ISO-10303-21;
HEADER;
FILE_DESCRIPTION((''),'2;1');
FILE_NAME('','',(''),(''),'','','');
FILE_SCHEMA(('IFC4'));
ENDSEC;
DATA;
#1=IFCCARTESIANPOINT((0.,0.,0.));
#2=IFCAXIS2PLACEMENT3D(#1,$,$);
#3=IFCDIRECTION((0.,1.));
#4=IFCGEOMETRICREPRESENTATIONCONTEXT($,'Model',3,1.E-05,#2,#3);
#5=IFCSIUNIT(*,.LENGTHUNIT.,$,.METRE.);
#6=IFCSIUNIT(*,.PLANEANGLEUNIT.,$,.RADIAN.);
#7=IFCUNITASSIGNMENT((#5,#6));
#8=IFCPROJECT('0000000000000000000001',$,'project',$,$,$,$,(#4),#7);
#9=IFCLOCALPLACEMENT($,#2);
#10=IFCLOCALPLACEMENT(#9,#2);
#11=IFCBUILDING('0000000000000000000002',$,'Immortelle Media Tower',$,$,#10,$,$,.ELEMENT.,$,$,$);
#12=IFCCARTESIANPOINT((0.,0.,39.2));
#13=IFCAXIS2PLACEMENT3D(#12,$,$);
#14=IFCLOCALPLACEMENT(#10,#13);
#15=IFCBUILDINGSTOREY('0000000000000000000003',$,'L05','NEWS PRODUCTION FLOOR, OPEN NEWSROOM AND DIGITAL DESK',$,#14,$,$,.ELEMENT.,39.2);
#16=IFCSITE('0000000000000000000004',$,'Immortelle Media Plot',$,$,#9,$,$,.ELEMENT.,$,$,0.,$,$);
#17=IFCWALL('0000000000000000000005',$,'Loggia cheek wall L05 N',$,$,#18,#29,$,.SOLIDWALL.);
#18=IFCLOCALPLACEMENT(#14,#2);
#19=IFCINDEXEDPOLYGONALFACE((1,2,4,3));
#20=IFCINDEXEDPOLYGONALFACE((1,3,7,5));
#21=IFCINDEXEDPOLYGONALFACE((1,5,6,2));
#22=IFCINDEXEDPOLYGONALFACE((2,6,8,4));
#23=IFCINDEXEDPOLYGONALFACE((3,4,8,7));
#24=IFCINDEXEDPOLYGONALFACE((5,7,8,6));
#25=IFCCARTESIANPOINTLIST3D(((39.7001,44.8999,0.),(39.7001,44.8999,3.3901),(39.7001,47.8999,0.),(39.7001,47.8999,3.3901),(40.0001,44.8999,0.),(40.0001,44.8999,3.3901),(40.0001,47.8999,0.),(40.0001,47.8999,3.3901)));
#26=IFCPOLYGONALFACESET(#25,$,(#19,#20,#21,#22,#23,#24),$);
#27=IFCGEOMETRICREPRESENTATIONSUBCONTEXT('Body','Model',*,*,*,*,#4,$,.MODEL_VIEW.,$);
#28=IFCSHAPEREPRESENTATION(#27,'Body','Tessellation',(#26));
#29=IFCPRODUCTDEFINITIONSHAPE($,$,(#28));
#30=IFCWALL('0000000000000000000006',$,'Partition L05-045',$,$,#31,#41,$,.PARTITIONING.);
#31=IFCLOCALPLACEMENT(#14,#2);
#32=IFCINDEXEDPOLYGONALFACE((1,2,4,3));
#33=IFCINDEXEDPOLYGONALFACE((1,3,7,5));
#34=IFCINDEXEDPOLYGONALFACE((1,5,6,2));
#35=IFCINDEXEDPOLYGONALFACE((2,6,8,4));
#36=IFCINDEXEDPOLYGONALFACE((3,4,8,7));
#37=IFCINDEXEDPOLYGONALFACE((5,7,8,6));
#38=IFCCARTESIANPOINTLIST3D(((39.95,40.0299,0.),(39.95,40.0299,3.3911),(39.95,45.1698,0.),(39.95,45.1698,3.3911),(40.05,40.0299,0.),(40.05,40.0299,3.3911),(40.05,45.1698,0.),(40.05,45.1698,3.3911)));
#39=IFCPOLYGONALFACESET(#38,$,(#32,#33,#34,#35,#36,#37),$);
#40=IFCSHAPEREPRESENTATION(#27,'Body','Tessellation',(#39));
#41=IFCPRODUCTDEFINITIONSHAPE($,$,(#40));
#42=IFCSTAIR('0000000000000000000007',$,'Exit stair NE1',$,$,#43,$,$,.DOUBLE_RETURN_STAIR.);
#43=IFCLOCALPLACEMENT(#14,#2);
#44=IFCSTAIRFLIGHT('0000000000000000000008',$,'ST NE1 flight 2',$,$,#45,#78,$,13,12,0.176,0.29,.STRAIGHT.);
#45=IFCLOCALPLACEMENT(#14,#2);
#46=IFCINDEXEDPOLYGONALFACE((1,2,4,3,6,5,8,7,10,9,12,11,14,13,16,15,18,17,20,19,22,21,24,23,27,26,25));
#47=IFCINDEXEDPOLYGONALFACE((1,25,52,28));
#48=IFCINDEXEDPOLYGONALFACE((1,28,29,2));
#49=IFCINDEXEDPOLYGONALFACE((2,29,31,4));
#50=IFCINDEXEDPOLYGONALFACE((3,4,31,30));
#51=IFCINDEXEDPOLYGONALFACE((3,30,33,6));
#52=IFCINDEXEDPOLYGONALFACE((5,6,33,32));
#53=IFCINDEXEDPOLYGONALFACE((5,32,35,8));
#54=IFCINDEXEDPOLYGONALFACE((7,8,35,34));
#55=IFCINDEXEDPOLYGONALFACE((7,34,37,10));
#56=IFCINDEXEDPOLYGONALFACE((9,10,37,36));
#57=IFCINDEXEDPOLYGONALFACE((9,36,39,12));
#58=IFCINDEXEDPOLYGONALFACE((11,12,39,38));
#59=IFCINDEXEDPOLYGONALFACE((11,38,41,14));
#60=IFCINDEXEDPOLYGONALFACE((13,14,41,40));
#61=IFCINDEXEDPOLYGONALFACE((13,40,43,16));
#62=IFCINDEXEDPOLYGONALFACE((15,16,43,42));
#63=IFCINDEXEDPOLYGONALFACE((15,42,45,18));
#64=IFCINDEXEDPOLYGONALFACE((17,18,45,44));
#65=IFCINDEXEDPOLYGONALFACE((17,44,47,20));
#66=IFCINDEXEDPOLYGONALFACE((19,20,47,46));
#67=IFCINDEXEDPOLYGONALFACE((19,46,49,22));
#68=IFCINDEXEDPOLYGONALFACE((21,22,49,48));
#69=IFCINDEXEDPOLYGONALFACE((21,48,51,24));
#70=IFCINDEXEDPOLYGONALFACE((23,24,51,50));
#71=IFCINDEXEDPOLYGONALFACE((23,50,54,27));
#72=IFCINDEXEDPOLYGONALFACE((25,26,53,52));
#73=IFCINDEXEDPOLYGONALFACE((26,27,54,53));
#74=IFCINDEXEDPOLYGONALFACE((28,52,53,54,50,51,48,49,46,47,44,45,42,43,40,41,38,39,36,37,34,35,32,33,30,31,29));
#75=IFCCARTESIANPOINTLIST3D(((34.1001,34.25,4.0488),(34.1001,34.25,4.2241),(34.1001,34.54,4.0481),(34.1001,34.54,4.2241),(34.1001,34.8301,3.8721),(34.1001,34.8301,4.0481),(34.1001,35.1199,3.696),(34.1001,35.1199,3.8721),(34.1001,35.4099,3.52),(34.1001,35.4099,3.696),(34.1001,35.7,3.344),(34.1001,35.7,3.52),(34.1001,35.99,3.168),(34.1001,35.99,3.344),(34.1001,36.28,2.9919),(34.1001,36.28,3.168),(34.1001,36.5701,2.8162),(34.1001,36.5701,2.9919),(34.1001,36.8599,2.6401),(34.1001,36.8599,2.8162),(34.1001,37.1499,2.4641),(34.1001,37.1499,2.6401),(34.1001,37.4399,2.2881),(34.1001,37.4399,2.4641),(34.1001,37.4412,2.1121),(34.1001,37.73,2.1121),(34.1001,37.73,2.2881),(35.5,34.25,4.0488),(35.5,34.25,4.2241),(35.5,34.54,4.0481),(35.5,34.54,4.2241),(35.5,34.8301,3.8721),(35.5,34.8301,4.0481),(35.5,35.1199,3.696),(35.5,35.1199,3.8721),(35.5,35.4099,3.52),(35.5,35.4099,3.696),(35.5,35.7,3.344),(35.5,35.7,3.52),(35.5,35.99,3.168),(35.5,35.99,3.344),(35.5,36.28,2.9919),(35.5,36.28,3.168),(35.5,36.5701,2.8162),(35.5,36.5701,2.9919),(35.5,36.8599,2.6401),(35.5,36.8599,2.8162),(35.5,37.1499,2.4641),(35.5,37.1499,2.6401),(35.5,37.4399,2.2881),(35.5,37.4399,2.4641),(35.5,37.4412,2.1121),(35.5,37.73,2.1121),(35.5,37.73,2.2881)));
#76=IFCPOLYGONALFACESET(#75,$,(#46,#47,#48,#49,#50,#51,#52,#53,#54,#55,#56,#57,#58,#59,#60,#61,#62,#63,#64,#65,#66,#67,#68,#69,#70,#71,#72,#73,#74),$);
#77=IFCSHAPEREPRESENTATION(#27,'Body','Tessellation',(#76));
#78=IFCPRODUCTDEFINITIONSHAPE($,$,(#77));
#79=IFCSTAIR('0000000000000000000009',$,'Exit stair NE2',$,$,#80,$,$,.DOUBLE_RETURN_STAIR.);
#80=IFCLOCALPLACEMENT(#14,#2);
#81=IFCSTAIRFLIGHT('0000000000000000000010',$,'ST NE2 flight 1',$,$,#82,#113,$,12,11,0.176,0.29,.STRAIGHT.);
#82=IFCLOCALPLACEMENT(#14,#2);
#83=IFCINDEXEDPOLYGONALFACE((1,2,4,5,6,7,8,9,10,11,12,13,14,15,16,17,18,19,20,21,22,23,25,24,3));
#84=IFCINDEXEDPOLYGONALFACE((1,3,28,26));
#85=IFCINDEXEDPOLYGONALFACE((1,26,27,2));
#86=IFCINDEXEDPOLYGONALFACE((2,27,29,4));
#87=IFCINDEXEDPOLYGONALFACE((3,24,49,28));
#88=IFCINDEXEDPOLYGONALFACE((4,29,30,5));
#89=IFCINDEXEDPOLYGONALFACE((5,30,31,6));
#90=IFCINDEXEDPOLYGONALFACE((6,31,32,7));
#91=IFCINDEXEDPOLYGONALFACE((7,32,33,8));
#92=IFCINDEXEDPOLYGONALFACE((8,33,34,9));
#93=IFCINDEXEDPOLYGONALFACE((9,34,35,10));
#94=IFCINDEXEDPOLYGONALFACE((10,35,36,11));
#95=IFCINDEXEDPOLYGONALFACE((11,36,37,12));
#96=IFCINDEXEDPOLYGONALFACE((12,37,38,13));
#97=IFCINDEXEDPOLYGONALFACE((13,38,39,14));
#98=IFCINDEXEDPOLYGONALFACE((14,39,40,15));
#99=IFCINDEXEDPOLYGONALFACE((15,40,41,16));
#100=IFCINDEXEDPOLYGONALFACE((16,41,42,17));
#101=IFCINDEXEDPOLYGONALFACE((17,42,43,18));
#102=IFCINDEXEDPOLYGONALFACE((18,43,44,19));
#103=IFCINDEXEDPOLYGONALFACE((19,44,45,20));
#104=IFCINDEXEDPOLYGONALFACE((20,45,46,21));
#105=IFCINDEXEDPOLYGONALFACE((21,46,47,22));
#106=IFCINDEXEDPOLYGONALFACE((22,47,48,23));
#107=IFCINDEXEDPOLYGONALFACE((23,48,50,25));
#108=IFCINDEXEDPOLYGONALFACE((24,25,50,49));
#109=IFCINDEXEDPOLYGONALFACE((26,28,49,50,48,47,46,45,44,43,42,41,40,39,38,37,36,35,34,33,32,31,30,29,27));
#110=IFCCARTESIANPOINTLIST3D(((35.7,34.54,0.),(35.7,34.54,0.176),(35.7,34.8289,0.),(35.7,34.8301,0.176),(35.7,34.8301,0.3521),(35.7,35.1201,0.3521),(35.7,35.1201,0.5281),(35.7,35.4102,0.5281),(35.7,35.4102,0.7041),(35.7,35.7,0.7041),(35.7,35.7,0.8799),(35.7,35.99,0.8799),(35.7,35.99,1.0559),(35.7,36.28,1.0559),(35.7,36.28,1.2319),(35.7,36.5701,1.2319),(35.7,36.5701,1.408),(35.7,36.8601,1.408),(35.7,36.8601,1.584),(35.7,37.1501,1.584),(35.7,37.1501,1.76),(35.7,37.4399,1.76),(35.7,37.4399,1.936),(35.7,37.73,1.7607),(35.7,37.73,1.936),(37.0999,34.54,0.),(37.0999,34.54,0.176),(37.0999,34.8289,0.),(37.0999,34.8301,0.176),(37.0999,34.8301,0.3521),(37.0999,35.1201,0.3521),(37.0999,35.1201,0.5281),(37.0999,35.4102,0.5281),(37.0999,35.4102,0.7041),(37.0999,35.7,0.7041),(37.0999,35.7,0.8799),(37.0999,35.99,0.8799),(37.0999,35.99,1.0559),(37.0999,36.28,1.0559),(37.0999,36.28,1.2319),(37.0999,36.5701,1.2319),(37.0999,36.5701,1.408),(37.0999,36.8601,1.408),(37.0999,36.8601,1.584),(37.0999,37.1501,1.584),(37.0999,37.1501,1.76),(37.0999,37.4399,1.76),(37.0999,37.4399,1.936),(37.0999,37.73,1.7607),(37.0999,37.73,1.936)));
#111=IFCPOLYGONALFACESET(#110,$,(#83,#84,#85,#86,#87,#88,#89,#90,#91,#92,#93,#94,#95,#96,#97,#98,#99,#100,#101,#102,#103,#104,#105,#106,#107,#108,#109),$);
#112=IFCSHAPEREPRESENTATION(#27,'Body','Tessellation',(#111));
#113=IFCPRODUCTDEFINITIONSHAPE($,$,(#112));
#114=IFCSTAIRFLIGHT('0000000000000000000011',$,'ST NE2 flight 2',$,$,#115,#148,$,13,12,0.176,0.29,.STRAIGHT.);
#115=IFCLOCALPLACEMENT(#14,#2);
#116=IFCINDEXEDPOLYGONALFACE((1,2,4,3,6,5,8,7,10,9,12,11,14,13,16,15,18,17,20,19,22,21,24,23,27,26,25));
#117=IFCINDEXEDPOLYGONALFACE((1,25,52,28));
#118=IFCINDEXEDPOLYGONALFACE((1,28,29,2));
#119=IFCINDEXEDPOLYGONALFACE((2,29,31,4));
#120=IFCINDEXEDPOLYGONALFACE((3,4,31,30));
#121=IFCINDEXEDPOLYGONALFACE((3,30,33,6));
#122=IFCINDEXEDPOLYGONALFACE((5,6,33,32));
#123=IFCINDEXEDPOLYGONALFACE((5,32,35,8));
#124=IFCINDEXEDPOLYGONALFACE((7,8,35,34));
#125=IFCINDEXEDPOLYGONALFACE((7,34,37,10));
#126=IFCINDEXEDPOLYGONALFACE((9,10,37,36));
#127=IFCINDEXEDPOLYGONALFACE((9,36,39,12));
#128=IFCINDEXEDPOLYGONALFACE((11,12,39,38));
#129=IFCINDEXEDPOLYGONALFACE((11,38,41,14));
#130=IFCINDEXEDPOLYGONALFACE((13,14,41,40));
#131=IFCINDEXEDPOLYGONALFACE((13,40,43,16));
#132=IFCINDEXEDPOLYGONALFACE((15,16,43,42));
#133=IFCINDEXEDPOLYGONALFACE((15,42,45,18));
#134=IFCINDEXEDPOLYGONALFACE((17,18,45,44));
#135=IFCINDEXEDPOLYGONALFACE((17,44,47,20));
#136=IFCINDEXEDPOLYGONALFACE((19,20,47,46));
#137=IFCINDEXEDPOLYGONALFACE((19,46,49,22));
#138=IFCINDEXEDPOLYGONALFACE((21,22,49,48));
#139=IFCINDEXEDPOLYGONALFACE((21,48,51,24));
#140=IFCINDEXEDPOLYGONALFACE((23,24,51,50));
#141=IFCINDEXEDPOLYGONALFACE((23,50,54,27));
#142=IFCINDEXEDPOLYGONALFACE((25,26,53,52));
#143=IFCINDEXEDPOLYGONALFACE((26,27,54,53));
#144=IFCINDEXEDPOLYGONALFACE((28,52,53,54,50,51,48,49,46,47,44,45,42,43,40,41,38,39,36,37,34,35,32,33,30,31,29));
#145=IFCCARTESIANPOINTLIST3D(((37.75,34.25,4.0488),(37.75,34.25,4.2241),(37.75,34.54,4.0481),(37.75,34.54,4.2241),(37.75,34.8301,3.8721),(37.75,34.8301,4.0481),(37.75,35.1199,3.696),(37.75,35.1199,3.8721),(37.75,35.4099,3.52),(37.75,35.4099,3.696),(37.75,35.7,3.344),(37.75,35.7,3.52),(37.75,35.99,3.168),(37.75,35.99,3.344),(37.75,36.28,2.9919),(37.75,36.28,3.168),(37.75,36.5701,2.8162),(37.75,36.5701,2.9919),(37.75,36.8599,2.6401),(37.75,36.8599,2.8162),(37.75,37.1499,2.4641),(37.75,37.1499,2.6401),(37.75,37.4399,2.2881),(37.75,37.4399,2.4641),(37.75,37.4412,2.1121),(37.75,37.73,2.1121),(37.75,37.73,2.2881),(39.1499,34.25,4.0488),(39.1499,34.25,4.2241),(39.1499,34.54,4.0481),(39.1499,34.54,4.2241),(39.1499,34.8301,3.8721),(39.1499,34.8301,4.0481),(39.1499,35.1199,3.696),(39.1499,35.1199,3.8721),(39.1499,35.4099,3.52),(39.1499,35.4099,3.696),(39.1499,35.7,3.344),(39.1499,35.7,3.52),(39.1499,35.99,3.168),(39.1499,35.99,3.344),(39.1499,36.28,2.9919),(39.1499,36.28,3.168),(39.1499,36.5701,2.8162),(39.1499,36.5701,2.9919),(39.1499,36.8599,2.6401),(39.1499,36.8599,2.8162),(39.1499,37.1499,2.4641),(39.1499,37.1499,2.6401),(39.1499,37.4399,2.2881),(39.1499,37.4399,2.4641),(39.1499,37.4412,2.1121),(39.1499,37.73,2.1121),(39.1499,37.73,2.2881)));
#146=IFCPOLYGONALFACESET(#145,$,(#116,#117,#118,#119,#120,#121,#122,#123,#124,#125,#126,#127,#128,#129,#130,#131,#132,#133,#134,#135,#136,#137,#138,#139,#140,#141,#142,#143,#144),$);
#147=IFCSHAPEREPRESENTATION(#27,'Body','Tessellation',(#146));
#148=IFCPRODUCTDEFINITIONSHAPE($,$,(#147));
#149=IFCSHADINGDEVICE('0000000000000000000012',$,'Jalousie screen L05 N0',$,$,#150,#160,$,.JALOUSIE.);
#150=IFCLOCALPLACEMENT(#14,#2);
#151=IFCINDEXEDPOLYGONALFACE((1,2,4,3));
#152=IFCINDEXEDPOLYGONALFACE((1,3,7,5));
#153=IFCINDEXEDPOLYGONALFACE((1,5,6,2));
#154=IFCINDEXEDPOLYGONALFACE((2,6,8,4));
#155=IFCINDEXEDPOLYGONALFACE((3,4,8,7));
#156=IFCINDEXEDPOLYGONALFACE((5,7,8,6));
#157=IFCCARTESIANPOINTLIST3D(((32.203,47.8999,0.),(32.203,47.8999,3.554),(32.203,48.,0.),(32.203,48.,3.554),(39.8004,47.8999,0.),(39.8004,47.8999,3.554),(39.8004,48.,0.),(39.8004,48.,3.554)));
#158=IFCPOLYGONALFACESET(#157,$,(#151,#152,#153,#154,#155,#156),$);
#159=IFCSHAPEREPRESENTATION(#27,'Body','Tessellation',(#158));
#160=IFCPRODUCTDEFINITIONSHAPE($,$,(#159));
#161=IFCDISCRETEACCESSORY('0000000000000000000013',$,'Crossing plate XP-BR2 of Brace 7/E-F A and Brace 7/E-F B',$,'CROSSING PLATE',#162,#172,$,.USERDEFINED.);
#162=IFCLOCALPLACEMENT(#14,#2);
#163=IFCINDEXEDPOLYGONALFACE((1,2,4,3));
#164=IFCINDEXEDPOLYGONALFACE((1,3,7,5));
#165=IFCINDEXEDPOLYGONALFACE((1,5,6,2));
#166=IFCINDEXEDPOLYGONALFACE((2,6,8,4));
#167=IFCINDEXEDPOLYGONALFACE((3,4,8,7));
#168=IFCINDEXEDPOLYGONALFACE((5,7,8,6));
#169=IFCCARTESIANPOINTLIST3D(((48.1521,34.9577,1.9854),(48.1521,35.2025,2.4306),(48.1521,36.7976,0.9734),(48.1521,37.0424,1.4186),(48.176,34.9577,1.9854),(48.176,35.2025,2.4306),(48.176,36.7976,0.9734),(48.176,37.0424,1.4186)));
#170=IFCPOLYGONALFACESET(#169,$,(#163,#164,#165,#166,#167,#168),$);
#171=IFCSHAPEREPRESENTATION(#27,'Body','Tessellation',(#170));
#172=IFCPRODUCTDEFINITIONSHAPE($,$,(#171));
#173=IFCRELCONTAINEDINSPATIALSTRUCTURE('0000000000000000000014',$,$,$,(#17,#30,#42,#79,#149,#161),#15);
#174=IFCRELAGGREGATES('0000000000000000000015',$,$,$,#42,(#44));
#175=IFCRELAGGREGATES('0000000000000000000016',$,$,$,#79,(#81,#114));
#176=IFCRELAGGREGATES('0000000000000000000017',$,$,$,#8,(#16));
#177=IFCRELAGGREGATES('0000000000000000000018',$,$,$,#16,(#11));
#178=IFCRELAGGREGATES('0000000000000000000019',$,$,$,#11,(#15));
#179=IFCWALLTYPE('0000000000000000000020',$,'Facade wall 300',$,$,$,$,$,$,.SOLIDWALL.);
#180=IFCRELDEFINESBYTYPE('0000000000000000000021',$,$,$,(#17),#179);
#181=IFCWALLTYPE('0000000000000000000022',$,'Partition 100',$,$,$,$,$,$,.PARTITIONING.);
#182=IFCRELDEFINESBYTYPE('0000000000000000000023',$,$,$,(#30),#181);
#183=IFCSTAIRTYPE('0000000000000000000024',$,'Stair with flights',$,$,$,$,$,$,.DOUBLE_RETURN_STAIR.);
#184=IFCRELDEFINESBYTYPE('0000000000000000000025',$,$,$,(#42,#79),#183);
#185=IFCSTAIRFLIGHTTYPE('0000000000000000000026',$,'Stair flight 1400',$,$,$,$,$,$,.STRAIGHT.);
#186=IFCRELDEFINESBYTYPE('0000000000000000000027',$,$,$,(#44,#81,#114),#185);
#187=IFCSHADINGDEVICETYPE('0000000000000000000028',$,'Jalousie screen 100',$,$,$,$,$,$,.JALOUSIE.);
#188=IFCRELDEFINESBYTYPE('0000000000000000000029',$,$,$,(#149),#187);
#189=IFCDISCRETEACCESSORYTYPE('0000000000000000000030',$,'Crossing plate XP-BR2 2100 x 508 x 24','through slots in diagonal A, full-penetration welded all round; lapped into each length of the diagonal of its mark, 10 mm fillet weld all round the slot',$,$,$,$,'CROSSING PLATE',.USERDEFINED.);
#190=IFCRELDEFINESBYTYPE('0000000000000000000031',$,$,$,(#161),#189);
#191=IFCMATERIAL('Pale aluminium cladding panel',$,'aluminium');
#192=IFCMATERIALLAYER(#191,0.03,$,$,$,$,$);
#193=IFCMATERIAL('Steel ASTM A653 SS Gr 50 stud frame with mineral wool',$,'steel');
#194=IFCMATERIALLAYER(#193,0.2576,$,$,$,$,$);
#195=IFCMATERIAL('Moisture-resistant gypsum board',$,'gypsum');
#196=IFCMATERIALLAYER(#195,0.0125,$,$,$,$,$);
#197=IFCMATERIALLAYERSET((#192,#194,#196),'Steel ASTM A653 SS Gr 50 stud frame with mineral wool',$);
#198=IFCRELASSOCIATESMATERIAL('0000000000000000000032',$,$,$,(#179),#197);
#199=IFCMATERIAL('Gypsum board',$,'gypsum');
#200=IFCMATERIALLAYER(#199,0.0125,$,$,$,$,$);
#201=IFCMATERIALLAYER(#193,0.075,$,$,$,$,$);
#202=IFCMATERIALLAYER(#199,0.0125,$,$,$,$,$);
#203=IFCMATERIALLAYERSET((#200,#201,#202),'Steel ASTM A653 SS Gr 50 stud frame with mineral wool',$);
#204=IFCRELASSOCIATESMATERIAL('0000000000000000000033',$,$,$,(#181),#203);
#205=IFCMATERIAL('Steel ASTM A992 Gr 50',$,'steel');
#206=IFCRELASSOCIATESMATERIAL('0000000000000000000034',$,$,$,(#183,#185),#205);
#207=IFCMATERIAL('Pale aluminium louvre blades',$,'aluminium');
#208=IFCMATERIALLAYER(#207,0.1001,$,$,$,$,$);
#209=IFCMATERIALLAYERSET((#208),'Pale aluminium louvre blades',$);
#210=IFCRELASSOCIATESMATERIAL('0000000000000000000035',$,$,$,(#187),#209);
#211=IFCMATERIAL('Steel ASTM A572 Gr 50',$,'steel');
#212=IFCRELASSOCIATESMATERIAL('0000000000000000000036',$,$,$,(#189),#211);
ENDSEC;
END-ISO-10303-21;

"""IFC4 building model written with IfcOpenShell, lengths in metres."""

from ifc_helpers import new_model, si_unit, direction, frame, frame_2d, origin, origin_2d, place, context, subcontext, project, spatial, polyline, rectangle, outline, extrude, material, layer, layer_set, material_profile, profile_set, type_object, element, aggregate, save


model = new_model("IFC4")

# Units and contexts
model_context = context("Model", 3, precision=1e-05, world=origin(), true_north=direction((0.0, 1.0)))
body_context = subcontext(model_context, "Body", "Model", "MODEL_VIEW")
ifc_project = project(units=[si_unit("LENGTHUNIT", "METRE"), si_unit("PLANEANGLEUNIT", "RADIAN")], contexts=[model_context])

# Site, building, storey
site_placement = place(None, origin())
site = spatial("IfcSite", under=ifc_project, at=site_placement, Name="Immortelle Media Plot", CompositionType="ELEMENT", RefElevation=0.0)
building_placement = place(site_placement, origin())
building = spatial("IfcBuilding", under=site, at=building_placement, Name="Immortelle Media Tower", CompositionType="ELEMENT")
storey_placement = place(building_placement, frame((0.0, 0.0, 39.2)))
storey = spatial("IfcBuildingStorey", under=building, at=storey_placement, Name="L05", Description="NEWS PRODUCTION FLOOR, OPEN NEWSROOM AND DIGITAL DESK", CompositionType="ELEMENT", Elevation=39.2)

# Shared definitions
ifc_material_1 = material(Name="Steel ASTM A992 Gr 50", Category="steel")

# Shared definitions
ifc_material_2 = material(Name="Pale aluminium cladding panel", Category="aluminium")
ifc_layer_1 = layer(ifc_material_2, 0.03)
ifc_material_3 = material(Name="Steel ASTM A653 SS Gr 50 stud frame with mineral wool", Category="steel")
ifc_layer_2 = layer(ifc_material_3, 0.2576)
ifc_material_4 = material(Name="Moisture-resistant gypsum board", Category="gypsum")
ifc_layer_3 = layer(ifc_material_4, 0.0125)
ifc_layer_set_1 = layer_set([ifc_layer_1, ifc_layer_2, ifc_layer_3], Name="Steel ASTM A653 SS Gr 50 stud frame with mineral wool")
wall_type_1 = type_object("IfcWallType", Name="Facade wall 300", PredefinedType="SOLIDWALL", material=ifc_layer_set_1)

# Walls
wall_1_placement = place(storey_placement, frame((39.8501, 47.8999, 0.0), z_axis=(0.0, 0.0, 1.0), x_axis=(0.0, -1.0, 0.0)))
element("IfcWall", 1, at=wall_1_placement, inside=storey, type_object=wall_type_1, Name="Loggia cheek wall L05 N", PredefinedType="SOLIDWALL", context=body_context, shape_type="SweptSolid", body=[
    extrude(rectangle(XDim=3.0, YDim=0.3, at=frame_2d((1.5, 0.0))), origin(), (0.0, 0.0, 1.0), 3.3901),
])
ifc_material_5 = material(Name="Gypsum board", Category="gypsum")
ifc_layer_4 = layer(ifc_material_5, 0.0125)
ifc_layer_5 = layer(ifc_material_3, 0.075)
ifc_layer_6 = layer(ifc_material_5, 0.0125)
ifc_layer_set_2 = layer_set([ifc_layer_4, ifc_layer_5, ifc_layer_6], Name="Steel ASTM A653 SS Gr 50 stud frame with mineral wool")
wall_type_2 = type_object("IfcWallType", Name="Partition 100", PredefinedType="PARTITIONING", material=ifc_layer_set_2)
wall_2_placement = place(storey_placement, frame((40.0, 40.03, 0.0), z_axis=(0.0, 0.0, 1.0), x_axis=(0.0, 1.0, 0.0)))
element("IfcWall", 2, at=wall_2_placement, inside=storey, type_object=wall_type_2, Name="Partition L05-045", PredefinedType="PARTITIONING", context=body_context, shape_type="SweptSolid", body=[
    extrude(rectangle(XDim=5.1399, YDim=0.1001, at=frame_2d((2.5698, 0.0))), origin(), (0.0, 0.0, 1.0), 3.3911),
])

# Stair, stair flight
stair_type = type_object("IfcStairType", Name="Stair with flights", PredefinedType="DOUBLE_RETURN_STAIR", material=ifc_material_1)
stair_1_placement = place(storey_placement, origin())
stair_1 = element("IfcStair", 3, at=stair_1_placement, inside=storey, type_object=stair_type, Name="Exit stair NE1", PredefinedType="DOUBLE_RETURN_STAIR")
stair_flight_type = type_object("IfcStairFlightType", Name="Stair flight 1400", PredefinedType="STRAIGHT", material=ifc_material_1)
stair_flight_1_placement = place(storey_placement, frame((34.8, 37.73, 2.1121), z_axis=(0.0, 0.0, 1.0), x_axis=(0.0, -1.0, 0.0)))
stair_flight_1 = element("IfcStairFlight", 4, at=stair_flight_1_placement, type_object=stair_flight_type, Name="ST NE1 flight 2", NumberOfRisers=13, NumberOfTreads=12, PredefinedType="STRAIGHT", RiserHeight=0.176, TreadLength=0.29, context=body_context, shape_type="SweptSolid", body=[
    extrude(outline(polyline([(0.0, 0.0), (0.0, 0.176), (0.29, 0.176), (0.29, 0.3521), (0.5801, 0.3521), (0.5801, 0.5281), (0.8701, 0.5281), (0.8701, 0.7041), (1.1599, 0.7041), (1.1599, 0.8799), (1.45, 0.8799), (1.45, 1.0559), (1.74, 1.0559), (1.74, 1.2319), (2.03, 1.2319), (2.03, 1.408), (2.3201, 1.408), (2.3201, 1.584), (2.6101, 1.584), (2.6101, 1.76), (2.8999, 1.76), (2.8999, 1.936), (3.1899, 1.936), (3.1899, 2.1121), (3.48, 2.1121), (3.48, 2.2881), (3.48, 1.9368), (0.2888, 0.0), (0.0, 0.0)])), frame((0.0, 0.7, 0.0), z_axis=(0.0, -1.0, 0.0), x_axis=(1.0, 0.0, 0.0)), (0.0, 0.0, 1.0), 1.3999),
])
aggregate(stair_1, [stair_flight_1])

# Stair, stair flights
stair_2_placement = place(storey_placement, origin())
stair_2 = element("IfcStair", 5, at=stair_2_placement, inside=storey, type_object=stair_type, Name="Exit stair NE2", PredefinedType="DOUBLE_RETURN_STAIR")
stair_flight_2_placement = place(storey_placement, frame((36.3999, 34.54, 0.0), z_axis=(0.0, 0.0, 1.0), x_axis=(0.0, 1.0, 0.0)))
stair_flight_2 = element("IfcStairFlight", 6, at=stair_flight_2_placement, type_object=stair_flight_type, Name="ST NE2 flight 1", NumberOfRisers=12, NumberOfTreads=11, PredefinedType="STRAIGHT", RiserHeight=0.176, TreadLength=0.29, context=body_context, shape_type="SweptSolid", body=[
    extrude(outline(polyline([(0.0, 0.0), (0.0, 0.176), (0.29, 0.176), (0.29, 0.3521), (0.5801, 0.3521), (0.5801, 0.5281), (0.8701, 0.5281), (0.8701, 0.7041), (1.1599, 0.7041), (1.1599, 0.8799), (1.45, 0.8799), (1.45, 1.0559), (1.74, 1.0559), (1.74, 1.2319), (2.03, 1.2319), (2.03, 1.408), (2.3201, 1.408), (2.3201, 1.584), (2.6101, 1.584), (2.6101, 1.76), (2.8999, 1.76), (2.8999, 1.936), (3.1899, 1.936), (3.1899, 2.1121), (3.1899, 1.7607), (0.2888, 0.0), (0.0, 0.0)])), frame((0.0, 0.7, 0.0), z_axis=(0.0, -1.0, 0.0), x_axis=(1.0, 0.0, 0.0)), (0.0, 0.0, 1.0), 1.3999),
])
stair_flight_3_placement = place(storey_placement, frame((38.45, 37.73, 2.1121), z_axis=(0.0, 0.0, 1.0), x_axis=(0.0, -1.0, 0.0)))
stair_flight_3 = element("IfcStairFlight", 7, at=stair_flight_3_placement, type_object=stair_flight_type, Name="ST NE2 flight 2", NumberOfRisers=13, NumberOfTreads=12, PredefinedType="STRAIGHT", RiserHeight=0.176, TreadLength=0.29, context=body_context, shape_type="SweptSolid", body=[
    extrude(outline(polyline([(0.0, 0.0), (0.0, 0.176), (0.29, 0.176), (0.29, 0.3521), (0.5801, 0.3521), (0.5801, 0.5281), (0.8701, 0.5281), (0.8701, 0.7041), (1.1599, 0.7041), (1.1599, 0.8799), (1.45, 0.8799), (1.45, 1.0559), (1.74, 1.0559), (1.74, 1.2319), (2.03, 1.2319), (2.03, 1.408), (2.3201, 1.408), (2.3201, 1.584), (2.6101, 1.584), (2.6101, 1.76), (2.8999, 1.76), (2.8999, 1.936), (3.1899, 1.936), (3.1899, 2.1121), (3.48, 2.1121), (3.48, 2.2881), (3.48, 1.9368), (0.2888, 0.0), (0.0, 0.0)])), frame((0.0, 0.7, 0.0), z_axis=(0.0, -1.0, 0.0), x_axis=(1.0, 0.0, 0.0)), (0.0, 0.0, 1.0), 1.3999),
])
aggregate(stair_2, [stair_flight_2, stair_flight_3])

# Shading device
ifc_material_6 = material(Name="Pale aluminium louvre blades", Category="aluminium")
ifc_layer_7 = layer(ifc_material_6, 0.1001)
ifc_layer_set_3 = layer_set([ifc_layer_7], Name="Pale aluminium louvre blades")
shading_device_type = type_object("IfcShadingDeviceType", Name="Jalousie screen 100", PredefinedType="JALOUSIE", material=ifc_layer_set_3)
shading_device_placement = place(storey_placement, frame((36.0017, 47.95, 0.0), z_axis=(0.0, 0.0, 1.0), x_axis=(-1.0, 0.0, 0.0)))
element("IfcShadingDevice", 8, at=shading_device_placement, inside=storey, type_object=shading_device_type, Name="Jalousie screen L05 N0", PredefinedType="JALOUSIE", context=body_context, shape_type="SweptSolid", body=[
    extrude(rectangle(XDim=7.5974, YDim=0.1001, at=origin_2d()), origin(), (0.0, 0.0, 1.0), 3.554),
])

# Discrete accessory
ifc_material_7 = material(Name="Steel ASTM A572 Gr 50", Category="steel")
ifc_material_profile_1 = material_profile(ifc_material_7, rectangle(XDim=0.0239, YDim=0.5081, at=origin_2d()), Name="PL 24 x 508")
ifc_profile_set_1 = profile_set([ifc_material_profile_1], Name="Steel ASTM A572 Gr 50")
discrete_accessory_type_1 = type_object("IfcDiscreteAccessoryType", Name="Crossing plate XP-BR2 2100 x 508 x 24", Description="through slots in diagonal A, full-penetration welded all round; lapped into each length of the diagonal of its mark, 10 mm fillet weld all round the slot", ElementType="CROSSING PLATE", PredefinedType="USERDEFINED", material=ifc_profile_set_1)
discrete_accessory_placement = place(storey_placement, frame((48.1641, 35.0801, 2.208), z_axis=(0.0, 0.876206, -0.481937), x_axis=(-1.0, 0.0, 0.0)))
element("IfcDiscreteAccessory", 9, at=discrete_accessory_placement, inside=storey, type_object=discrete_accessory_type_1, Name="Crossing plate XP-BR2 of Brace 7/E-F A and Brace 7/E-F B", ObjectType="CROSSING PLATE", PredefinedType="USERDEFINED", context=body_context, shape_type="SweptSolid", body=[
    extrude(rectangle(XDim=0.0239, YDim=0.5081, at=origin_2d()), origin(), (0.0, 0.0, 1.0), 2.0999),
])

save(model, "model.ifc")
